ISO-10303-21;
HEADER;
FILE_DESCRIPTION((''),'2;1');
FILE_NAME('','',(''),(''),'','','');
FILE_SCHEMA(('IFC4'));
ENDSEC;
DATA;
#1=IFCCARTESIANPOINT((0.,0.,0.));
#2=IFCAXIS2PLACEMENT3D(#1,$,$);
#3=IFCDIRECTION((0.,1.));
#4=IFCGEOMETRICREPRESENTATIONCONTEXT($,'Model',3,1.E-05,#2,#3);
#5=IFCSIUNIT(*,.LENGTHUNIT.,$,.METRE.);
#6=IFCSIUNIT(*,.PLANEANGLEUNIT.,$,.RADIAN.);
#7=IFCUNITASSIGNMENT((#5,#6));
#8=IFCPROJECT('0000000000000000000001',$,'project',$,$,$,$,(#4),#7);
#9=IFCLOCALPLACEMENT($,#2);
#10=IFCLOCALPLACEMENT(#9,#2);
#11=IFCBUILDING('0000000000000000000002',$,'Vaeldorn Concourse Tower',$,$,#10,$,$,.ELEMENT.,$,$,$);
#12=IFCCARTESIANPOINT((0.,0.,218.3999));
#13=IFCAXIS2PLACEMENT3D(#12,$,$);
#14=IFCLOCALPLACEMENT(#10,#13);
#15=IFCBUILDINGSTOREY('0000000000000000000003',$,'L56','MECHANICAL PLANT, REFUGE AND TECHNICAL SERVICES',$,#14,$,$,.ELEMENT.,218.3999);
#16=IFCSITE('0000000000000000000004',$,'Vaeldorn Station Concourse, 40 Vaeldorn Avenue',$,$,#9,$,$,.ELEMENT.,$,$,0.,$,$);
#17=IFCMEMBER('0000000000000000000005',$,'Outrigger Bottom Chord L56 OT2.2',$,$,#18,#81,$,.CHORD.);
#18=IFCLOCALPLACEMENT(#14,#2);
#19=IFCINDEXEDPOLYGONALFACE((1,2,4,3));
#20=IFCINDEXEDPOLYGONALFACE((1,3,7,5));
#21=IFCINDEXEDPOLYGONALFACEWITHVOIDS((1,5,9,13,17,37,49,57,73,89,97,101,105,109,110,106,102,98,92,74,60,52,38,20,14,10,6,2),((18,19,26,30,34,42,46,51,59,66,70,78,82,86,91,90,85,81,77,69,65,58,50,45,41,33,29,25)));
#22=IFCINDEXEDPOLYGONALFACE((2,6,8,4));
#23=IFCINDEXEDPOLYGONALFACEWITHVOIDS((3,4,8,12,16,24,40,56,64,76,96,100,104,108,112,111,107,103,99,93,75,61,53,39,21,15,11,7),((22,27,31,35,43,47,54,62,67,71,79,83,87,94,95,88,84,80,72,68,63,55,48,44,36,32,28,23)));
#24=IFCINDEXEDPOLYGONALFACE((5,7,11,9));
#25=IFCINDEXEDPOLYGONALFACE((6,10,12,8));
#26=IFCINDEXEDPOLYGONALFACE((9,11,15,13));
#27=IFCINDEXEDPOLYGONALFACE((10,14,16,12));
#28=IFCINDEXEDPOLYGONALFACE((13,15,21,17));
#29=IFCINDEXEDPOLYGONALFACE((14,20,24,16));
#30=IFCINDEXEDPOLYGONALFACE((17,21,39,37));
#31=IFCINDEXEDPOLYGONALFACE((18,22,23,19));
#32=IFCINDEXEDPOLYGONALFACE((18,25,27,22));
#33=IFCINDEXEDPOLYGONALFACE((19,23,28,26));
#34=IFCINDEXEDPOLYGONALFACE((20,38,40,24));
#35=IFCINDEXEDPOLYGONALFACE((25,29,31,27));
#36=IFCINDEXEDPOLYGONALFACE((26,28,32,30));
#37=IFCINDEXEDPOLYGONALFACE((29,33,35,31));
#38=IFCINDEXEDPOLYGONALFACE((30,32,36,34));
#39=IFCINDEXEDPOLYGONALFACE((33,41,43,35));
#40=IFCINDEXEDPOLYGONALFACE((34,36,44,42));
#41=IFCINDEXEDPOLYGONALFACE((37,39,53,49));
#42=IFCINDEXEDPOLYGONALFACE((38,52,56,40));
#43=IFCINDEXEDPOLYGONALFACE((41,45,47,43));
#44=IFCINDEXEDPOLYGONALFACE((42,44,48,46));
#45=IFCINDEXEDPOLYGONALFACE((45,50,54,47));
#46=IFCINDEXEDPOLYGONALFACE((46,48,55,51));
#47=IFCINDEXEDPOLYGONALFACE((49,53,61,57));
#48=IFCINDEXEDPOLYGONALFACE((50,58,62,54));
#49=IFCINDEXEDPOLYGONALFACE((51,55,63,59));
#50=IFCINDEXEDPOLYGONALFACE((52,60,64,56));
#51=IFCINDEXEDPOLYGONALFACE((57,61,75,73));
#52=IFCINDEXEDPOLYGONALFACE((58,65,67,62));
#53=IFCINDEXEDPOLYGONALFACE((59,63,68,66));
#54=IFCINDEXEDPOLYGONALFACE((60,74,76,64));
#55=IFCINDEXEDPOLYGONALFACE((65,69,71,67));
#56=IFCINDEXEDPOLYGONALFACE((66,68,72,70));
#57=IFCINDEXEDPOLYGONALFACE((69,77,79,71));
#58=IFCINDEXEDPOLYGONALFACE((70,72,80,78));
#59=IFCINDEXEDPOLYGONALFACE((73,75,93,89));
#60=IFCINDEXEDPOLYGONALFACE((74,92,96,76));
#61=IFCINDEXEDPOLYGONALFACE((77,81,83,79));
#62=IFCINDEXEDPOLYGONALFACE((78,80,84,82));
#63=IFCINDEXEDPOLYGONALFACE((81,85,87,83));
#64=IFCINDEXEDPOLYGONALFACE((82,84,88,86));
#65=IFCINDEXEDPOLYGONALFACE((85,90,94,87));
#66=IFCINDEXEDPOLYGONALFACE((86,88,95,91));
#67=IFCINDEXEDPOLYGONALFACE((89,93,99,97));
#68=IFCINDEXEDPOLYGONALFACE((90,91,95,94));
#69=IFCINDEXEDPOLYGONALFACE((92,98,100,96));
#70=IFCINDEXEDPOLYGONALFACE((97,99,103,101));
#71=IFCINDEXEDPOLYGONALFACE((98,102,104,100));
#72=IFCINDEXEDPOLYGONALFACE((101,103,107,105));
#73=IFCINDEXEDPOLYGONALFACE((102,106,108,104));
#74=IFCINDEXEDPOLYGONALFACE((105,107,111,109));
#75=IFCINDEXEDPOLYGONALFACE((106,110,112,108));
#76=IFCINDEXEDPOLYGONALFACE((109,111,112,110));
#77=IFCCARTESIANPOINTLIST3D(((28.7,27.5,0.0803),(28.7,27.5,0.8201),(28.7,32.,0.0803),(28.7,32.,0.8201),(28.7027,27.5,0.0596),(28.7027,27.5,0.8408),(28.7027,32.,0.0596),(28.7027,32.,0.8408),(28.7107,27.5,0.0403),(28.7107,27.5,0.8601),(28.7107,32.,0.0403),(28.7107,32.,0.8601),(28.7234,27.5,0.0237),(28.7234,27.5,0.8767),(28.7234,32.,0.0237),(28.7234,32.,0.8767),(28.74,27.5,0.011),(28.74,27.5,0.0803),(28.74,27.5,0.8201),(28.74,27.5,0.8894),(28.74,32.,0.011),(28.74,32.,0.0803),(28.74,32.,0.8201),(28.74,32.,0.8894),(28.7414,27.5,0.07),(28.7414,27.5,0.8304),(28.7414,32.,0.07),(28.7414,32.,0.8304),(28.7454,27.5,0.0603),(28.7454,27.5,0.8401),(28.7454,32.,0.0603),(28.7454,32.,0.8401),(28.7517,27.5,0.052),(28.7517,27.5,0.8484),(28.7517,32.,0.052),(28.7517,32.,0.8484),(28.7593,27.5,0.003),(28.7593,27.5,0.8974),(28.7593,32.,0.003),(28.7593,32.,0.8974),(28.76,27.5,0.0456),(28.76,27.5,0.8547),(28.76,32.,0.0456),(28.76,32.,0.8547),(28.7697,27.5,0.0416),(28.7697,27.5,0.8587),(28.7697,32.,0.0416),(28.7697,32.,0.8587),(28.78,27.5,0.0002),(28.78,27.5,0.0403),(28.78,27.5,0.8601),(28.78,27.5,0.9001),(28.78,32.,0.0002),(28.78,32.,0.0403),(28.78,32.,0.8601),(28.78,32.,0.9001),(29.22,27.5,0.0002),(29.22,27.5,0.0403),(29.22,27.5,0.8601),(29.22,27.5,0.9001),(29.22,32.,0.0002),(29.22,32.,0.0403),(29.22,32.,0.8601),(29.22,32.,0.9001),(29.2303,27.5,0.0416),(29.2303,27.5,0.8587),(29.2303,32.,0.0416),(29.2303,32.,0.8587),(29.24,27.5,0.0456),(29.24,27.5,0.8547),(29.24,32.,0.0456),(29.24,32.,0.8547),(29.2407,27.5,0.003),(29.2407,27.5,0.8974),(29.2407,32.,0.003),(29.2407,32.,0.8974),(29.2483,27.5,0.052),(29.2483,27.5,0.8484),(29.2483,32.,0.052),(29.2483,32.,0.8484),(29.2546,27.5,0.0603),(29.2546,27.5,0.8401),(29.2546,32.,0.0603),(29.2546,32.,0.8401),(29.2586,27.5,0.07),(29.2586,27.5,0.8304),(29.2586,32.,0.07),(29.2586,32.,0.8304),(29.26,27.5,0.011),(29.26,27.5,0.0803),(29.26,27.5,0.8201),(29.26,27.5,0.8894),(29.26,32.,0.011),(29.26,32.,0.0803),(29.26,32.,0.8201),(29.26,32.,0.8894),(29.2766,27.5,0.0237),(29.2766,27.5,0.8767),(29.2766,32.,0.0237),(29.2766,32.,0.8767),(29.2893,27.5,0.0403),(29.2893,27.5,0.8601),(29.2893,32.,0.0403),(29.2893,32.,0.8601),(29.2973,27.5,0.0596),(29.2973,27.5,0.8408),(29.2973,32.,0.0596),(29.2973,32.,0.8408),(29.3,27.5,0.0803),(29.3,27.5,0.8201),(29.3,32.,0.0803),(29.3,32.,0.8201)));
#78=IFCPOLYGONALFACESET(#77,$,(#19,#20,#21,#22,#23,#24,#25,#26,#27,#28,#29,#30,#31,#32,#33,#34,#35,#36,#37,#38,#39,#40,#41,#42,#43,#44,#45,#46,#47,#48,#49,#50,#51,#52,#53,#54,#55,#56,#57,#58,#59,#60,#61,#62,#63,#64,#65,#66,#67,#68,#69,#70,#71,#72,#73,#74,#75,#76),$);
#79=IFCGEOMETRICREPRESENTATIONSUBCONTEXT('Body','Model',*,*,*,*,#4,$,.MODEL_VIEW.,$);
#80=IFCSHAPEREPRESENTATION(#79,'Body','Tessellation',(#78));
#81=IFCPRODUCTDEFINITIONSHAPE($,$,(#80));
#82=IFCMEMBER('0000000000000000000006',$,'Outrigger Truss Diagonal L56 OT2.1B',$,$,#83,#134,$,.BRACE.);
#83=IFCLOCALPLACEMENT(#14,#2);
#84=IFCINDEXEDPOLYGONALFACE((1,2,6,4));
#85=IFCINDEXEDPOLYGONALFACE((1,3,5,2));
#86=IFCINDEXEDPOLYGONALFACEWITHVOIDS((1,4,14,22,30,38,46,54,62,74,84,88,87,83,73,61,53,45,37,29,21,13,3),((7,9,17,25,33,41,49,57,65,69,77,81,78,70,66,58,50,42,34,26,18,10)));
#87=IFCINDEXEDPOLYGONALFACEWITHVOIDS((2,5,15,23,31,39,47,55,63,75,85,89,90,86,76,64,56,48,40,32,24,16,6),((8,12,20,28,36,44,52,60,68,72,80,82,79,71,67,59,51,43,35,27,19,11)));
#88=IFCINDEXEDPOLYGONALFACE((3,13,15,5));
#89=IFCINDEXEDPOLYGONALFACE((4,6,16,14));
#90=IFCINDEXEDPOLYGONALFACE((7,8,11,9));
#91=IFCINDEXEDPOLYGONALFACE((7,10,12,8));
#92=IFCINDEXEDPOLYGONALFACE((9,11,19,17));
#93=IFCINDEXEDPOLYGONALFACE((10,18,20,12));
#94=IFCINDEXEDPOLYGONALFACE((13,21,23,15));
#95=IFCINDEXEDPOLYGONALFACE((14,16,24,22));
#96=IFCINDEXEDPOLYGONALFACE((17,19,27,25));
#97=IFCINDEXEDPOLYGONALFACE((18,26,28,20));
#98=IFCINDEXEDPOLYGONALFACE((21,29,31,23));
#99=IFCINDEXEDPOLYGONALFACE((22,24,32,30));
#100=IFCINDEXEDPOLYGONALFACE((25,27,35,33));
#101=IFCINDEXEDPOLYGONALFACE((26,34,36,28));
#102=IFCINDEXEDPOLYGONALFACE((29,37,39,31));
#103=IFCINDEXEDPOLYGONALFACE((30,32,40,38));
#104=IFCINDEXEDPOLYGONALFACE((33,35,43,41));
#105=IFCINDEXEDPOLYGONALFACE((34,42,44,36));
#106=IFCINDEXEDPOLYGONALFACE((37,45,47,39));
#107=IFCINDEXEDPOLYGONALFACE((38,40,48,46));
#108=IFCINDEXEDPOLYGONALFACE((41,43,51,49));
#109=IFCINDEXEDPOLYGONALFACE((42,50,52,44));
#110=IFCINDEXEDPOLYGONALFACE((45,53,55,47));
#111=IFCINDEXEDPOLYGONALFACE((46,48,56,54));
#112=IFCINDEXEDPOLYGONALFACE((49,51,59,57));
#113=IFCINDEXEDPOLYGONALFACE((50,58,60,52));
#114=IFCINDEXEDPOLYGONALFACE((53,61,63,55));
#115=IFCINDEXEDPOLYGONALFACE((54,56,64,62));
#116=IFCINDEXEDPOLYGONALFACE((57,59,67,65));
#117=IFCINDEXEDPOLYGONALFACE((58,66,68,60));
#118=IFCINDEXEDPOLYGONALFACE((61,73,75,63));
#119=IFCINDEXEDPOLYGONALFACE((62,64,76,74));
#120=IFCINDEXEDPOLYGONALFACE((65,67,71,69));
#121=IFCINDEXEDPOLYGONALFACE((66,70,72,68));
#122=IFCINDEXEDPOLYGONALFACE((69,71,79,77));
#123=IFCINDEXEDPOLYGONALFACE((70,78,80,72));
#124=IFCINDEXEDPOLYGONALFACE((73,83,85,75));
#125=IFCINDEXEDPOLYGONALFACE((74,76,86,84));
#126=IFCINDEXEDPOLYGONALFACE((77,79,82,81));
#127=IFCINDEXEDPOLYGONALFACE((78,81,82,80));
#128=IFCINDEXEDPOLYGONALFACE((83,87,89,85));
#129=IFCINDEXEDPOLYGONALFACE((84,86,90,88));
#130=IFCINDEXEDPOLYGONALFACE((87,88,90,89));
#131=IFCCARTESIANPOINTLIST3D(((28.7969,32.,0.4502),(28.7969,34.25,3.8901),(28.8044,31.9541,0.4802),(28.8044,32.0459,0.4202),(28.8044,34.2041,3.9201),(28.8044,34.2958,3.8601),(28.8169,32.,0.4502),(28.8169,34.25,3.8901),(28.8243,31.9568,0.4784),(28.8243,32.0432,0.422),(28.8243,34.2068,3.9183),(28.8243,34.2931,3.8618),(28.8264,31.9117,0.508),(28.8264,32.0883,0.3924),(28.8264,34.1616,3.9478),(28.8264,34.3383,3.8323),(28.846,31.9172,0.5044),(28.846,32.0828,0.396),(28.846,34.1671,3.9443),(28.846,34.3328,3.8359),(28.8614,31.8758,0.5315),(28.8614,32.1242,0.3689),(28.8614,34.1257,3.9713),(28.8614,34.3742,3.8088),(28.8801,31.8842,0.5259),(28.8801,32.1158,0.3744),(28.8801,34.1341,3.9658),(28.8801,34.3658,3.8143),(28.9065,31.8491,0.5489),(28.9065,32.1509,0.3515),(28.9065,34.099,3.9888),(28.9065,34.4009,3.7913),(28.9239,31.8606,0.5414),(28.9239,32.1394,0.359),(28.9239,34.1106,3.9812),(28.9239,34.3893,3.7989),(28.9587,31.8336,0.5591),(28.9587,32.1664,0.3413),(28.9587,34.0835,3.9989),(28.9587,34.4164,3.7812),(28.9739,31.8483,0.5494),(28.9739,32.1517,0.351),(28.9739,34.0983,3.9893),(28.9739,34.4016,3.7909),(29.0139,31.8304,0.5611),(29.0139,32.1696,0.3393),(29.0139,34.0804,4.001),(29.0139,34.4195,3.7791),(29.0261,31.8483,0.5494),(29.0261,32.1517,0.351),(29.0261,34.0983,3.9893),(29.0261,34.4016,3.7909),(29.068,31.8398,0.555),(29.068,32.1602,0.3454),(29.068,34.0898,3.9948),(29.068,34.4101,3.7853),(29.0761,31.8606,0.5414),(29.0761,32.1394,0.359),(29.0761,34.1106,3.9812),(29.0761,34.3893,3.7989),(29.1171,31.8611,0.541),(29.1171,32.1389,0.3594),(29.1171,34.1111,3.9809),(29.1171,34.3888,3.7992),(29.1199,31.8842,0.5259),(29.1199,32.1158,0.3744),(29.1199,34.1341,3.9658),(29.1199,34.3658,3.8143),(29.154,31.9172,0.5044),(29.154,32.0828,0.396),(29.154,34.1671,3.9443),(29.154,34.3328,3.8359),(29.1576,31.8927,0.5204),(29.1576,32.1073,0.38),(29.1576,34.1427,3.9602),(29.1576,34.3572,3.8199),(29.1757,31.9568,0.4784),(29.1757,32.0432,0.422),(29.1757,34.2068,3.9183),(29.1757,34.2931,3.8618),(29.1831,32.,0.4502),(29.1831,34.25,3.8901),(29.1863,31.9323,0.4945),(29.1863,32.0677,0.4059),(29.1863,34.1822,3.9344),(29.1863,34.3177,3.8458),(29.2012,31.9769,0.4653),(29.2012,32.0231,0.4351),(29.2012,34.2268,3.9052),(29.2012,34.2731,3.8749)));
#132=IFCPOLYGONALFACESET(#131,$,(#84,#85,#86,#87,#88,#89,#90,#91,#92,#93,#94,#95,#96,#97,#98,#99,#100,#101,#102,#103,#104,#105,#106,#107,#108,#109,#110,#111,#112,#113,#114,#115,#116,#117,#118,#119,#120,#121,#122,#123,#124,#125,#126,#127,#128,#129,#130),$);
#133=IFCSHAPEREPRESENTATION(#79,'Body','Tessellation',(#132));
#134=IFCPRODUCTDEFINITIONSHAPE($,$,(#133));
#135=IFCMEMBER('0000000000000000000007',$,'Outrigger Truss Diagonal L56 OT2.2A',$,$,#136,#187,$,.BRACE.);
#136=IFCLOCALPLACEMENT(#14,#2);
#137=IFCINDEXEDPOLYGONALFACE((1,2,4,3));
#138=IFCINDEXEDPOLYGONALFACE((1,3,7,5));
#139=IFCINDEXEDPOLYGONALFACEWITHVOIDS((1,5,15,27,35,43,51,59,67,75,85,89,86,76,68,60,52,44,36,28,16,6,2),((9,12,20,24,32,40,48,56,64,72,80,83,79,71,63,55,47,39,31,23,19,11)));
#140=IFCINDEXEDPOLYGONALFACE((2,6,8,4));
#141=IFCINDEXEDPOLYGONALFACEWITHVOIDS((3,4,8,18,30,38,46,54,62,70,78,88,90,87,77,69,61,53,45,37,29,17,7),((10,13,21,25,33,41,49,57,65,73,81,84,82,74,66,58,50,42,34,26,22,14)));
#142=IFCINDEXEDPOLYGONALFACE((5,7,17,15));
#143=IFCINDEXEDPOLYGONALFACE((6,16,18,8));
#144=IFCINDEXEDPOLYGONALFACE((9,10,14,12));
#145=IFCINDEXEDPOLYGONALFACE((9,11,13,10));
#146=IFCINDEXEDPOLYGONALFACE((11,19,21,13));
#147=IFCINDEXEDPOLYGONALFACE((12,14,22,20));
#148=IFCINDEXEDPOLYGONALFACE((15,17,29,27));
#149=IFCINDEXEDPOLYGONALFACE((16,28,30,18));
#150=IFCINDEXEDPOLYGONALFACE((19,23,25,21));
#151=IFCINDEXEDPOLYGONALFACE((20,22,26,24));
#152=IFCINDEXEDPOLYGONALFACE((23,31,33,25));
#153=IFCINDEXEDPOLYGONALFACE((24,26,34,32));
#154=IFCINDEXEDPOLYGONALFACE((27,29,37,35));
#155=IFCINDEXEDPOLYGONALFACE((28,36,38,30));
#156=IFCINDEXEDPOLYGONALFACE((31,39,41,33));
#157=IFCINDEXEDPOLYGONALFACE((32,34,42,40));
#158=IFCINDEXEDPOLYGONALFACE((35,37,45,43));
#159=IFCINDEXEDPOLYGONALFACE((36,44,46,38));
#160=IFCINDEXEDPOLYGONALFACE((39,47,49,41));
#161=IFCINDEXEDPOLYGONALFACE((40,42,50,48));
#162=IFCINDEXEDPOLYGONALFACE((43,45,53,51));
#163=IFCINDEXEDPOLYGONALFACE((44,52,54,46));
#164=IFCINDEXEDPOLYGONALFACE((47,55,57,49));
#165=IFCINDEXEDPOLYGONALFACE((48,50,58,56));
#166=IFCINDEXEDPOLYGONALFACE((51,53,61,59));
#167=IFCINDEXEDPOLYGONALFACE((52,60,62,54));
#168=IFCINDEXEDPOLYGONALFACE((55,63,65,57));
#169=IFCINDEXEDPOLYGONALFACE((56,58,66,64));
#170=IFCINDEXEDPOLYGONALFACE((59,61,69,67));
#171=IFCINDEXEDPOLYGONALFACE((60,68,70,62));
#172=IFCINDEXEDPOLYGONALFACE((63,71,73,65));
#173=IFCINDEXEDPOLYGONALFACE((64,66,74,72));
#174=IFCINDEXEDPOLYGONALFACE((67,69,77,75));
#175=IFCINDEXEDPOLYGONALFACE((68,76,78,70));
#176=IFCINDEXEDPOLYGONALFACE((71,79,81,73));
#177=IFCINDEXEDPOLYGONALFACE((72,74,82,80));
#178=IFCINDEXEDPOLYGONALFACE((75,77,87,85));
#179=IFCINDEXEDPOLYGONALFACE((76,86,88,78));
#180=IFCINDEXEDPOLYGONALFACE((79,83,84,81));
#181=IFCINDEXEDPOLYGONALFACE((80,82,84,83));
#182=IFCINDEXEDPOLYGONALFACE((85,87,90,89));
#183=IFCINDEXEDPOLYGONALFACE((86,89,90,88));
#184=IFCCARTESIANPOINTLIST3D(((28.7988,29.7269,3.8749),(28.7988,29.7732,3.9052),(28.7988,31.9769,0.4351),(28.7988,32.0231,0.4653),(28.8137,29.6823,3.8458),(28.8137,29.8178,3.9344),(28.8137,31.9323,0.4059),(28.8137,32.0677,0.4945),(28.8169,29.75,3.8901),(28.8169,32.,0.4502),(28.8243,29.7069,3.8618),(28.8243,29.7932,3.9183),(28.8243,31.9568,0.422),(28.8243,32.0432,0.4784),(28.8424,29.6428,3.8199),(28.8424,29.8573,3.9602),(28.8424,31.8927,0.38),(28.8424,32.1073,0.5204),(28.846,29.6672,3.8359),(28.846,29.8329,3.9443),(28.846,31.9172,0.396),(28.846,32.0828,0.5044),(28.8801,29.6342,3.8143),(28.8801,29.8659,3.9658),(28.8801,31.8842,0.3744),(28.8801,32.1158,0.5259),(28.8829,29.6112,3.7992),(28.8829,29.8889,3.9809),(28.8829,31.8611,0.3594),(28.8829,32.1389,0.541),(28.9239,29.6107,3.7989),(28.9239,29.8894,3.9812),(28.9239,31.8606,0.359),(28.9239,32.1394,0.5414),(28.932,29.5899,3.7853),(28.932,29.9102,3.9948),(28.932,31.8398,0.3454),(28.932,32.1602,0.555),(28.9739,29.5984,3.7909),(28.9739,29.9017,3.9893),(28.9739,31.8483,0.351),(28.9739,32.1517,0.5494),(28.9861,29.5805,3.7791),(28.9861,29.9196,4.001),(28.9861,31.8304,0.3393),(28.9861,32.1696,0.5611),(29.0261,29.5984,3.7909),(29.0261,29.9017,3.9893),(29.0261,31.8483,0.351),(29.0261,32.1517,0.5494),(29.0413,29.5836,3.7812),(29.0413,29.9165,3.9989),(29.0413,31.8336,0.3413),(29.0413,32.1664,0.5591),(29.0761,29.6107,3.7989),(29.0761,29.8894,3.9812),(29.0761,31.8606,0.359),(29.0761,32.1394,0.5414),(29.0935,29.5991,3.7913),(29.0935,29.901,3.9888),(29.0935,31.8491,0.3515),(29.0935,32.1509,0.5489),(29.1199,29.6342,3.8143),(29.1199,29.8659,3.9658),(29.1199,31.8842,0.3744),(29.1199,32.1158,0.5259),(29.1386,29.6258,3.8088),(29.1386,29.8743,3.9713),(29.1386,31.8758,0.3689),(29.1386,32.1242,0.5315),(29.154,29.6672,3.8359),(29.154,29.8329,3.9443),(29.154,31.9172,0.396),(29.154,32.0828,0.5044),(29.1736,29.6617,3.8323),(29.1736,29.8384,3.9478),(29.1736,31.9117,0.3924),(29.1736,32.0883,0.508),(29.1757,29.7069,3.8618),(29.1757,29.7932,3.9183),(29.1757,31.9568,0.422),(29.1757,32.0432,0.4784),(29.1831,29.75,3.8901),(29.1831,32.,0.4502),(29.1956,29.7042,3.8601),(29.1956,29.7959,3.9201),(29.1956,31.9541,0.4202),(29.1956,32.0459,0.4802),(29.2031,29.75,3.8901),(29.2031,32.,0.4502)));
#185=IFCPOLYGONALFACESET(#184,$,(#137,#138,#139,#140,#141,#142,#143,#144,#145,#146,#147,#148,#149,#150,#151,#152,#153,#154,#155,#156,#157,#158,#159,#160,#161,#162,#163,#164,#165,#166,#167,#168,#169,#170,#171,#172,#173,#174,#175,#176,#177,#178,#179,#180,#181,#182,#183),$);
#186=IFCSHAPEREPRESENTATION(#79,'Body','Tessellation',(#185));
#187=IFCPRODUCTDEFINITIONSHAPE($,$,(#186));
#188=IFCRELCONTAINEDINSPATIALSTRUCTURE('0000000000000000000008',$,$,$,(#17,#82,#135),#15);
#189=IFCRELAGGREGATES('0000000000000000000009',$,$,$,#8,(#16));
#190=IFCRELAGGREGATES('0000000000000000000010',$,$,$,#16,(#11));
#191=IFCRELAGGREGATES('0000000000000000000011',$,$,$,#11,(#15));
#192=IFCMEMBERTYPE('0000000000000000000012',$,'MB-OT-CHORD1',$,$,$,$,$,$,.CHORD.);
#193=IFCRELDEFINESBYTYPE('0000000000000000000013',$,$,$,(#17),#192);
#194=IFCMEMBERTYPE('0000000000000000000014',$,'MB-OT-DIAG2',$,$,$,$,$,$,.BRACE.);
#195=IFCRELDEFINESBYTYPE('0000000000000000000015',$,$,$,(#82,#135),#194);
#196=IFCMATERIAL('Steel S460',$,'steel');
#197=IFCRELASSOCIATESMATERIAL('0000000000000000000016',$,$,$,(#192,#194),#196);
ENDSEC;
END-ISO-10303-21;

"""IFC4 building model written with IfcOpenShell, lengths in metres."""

from ifc_helpers import new_model, si_unit, direction, frame, origin, origin_2d, place, context, subcontext, project, spatial, hollow_rectangle, hollow_circle, extrude, source, transform, mapped, material, material_profile, profile_set, type_object, element, save


model = new_model("IFC4")

# Units and contexts
model_context = context("Model", 3, precision=1e-05, world=origin(), true_north=direction((0.0, 1.0)))
body_context = subcontext(model_context, "Body", "Model", "MODEL_VIEW")
ifc_project = project(units=[si_unit("LENGTHUNIT", "METRE"), si_unit("PLANEANGLEUNIT", "RADIAN")], contexts=[model_context])

# Site, building, storey
site_placement = place(None, origin())
site = spatial("IfcSite", under=ifc_project, at=site_placement, Name="Vaeldorn Station Concourse, 40 Vaeldorn Avenue", CompositionType="ELEMENT", RefElevation=0.0)
building_placement = place(site_placement, origin())
building = spatial("IfcBuilding", under=site, at=building_placement, Name="Vaeldorn Concourse Tower", CompositionType="ELEMENT")
storey_placement = place(building_placement, frame((0.0, 0.0, 218.3999)))
storey = spatial("IfcBuildingStorey", under=building, at=storey_placement, Name="L56", Description="MECHANICAL PLANT, REFUGE AND TECHNICAL SERVICES", CompositionType="ELEMENT", Elevation=218.3999)

# Shared definitions
ifc_material_1 = material(Name="Steel S460", Category="steel")

# Members
ifc_material_profile_1 = material_profile(ifc_material_1, hollow_rectangle(XDim=0.6001, YDim=0.8999, WallThickness=0.04, InnerFilletRadius=0.04, OuterFilletRadius=0.0801, at=origin_2d()), Name="RHS 900x600x40")
ifc_profile_set_1 = profile_set([ifc_material_profile_1], Name="Steel S460")
member_type_1 = type_object("IfcMemberType", Name="MB-OT-CHORD1", PredefinedType="CHORD", material=ifc_profile_set_1)
shared_shape_1 = source(origin(), body_context, "Body", "SweptSolid", [
    extrude(hollow_rectangle(XDim=0.6001, YDim=0.8999, WallThickness=0.04, InnerFilletRadius=0.04, OuterFilletRadius=0.0801, at=origin_2d()), origin(), (0.0, 0.0, 1.0), 4.5),
])
member_placement = place(storey_placement, frame((29.0, 32.0, 0.4502), z_axis=(0.0, -1.0, 0.0), x_axis=(1.0, 0.0, 0.0)))
element("IfcMember", 1, at=member_placement, inside=storey, type_object=member_type_1, Name="Outrigger Bottom Chord L56 OT2.2", PredefinedType="CHORD", context=body_context, shape_type="MappedRepresentation", body=[
    mapped(shared_shape_1, transform((0.0, 0.0, 0.0), scale=1.0)),
])
ifc_material_profile_2 = material_profile(ifc_material_1, hollow_circle(Radius=0.2031, WallThickness=0.02, at=origin_2d()), Name="CHS 406.4x20")
ifc_profile_set_2 = profile_set([ifc_material_profile_2], Name="Steel S460")
member_type_2 = type_object("IfcMemberType", Name="MB-OT-DIAG2", PredefinedType="BRACE", material=ifc_profile_set_2)
shared_shape_2 = source(origin(), body_context, "Body", "SweptSolid", [
    extrude(hollow_circle(Radius=0.2031, WallThickness=0.02, at=origin_2d()), origin(), (0.0, 0.0, 1.0), 4.1104),
])
for number, where, z_axis, x_axis, name in (
    (2, (29.0, 32.0, 0.4502), (0.0, 0.547387, 0.83688), (-1.0, 0.0, 0.0), "Outrigger Truss Diagonal L56 OT2.1B"),
    (3, (29.0, 32.0, 0.4502), (0.0, -0.547387, 0.83688), (1.0, 0.0, 0.0), "Outrigger Truss Diagonal L56 OT2.2A"),
):
    element("IfcMember", number, at=place(storey_placement, frame(where, z_axis=z_axis, x_axis=x_axis)), inside=storey, type_object=member_type_2, Name=name, PredefinedType="BRACE", context=body_context, shape_type="MappedRepresentation", body=[
        mapped(shared_shape_2, transform((0.0, 0.0, 0.0), scale=1.0)),
    ])

save(model, "model.ifc")
